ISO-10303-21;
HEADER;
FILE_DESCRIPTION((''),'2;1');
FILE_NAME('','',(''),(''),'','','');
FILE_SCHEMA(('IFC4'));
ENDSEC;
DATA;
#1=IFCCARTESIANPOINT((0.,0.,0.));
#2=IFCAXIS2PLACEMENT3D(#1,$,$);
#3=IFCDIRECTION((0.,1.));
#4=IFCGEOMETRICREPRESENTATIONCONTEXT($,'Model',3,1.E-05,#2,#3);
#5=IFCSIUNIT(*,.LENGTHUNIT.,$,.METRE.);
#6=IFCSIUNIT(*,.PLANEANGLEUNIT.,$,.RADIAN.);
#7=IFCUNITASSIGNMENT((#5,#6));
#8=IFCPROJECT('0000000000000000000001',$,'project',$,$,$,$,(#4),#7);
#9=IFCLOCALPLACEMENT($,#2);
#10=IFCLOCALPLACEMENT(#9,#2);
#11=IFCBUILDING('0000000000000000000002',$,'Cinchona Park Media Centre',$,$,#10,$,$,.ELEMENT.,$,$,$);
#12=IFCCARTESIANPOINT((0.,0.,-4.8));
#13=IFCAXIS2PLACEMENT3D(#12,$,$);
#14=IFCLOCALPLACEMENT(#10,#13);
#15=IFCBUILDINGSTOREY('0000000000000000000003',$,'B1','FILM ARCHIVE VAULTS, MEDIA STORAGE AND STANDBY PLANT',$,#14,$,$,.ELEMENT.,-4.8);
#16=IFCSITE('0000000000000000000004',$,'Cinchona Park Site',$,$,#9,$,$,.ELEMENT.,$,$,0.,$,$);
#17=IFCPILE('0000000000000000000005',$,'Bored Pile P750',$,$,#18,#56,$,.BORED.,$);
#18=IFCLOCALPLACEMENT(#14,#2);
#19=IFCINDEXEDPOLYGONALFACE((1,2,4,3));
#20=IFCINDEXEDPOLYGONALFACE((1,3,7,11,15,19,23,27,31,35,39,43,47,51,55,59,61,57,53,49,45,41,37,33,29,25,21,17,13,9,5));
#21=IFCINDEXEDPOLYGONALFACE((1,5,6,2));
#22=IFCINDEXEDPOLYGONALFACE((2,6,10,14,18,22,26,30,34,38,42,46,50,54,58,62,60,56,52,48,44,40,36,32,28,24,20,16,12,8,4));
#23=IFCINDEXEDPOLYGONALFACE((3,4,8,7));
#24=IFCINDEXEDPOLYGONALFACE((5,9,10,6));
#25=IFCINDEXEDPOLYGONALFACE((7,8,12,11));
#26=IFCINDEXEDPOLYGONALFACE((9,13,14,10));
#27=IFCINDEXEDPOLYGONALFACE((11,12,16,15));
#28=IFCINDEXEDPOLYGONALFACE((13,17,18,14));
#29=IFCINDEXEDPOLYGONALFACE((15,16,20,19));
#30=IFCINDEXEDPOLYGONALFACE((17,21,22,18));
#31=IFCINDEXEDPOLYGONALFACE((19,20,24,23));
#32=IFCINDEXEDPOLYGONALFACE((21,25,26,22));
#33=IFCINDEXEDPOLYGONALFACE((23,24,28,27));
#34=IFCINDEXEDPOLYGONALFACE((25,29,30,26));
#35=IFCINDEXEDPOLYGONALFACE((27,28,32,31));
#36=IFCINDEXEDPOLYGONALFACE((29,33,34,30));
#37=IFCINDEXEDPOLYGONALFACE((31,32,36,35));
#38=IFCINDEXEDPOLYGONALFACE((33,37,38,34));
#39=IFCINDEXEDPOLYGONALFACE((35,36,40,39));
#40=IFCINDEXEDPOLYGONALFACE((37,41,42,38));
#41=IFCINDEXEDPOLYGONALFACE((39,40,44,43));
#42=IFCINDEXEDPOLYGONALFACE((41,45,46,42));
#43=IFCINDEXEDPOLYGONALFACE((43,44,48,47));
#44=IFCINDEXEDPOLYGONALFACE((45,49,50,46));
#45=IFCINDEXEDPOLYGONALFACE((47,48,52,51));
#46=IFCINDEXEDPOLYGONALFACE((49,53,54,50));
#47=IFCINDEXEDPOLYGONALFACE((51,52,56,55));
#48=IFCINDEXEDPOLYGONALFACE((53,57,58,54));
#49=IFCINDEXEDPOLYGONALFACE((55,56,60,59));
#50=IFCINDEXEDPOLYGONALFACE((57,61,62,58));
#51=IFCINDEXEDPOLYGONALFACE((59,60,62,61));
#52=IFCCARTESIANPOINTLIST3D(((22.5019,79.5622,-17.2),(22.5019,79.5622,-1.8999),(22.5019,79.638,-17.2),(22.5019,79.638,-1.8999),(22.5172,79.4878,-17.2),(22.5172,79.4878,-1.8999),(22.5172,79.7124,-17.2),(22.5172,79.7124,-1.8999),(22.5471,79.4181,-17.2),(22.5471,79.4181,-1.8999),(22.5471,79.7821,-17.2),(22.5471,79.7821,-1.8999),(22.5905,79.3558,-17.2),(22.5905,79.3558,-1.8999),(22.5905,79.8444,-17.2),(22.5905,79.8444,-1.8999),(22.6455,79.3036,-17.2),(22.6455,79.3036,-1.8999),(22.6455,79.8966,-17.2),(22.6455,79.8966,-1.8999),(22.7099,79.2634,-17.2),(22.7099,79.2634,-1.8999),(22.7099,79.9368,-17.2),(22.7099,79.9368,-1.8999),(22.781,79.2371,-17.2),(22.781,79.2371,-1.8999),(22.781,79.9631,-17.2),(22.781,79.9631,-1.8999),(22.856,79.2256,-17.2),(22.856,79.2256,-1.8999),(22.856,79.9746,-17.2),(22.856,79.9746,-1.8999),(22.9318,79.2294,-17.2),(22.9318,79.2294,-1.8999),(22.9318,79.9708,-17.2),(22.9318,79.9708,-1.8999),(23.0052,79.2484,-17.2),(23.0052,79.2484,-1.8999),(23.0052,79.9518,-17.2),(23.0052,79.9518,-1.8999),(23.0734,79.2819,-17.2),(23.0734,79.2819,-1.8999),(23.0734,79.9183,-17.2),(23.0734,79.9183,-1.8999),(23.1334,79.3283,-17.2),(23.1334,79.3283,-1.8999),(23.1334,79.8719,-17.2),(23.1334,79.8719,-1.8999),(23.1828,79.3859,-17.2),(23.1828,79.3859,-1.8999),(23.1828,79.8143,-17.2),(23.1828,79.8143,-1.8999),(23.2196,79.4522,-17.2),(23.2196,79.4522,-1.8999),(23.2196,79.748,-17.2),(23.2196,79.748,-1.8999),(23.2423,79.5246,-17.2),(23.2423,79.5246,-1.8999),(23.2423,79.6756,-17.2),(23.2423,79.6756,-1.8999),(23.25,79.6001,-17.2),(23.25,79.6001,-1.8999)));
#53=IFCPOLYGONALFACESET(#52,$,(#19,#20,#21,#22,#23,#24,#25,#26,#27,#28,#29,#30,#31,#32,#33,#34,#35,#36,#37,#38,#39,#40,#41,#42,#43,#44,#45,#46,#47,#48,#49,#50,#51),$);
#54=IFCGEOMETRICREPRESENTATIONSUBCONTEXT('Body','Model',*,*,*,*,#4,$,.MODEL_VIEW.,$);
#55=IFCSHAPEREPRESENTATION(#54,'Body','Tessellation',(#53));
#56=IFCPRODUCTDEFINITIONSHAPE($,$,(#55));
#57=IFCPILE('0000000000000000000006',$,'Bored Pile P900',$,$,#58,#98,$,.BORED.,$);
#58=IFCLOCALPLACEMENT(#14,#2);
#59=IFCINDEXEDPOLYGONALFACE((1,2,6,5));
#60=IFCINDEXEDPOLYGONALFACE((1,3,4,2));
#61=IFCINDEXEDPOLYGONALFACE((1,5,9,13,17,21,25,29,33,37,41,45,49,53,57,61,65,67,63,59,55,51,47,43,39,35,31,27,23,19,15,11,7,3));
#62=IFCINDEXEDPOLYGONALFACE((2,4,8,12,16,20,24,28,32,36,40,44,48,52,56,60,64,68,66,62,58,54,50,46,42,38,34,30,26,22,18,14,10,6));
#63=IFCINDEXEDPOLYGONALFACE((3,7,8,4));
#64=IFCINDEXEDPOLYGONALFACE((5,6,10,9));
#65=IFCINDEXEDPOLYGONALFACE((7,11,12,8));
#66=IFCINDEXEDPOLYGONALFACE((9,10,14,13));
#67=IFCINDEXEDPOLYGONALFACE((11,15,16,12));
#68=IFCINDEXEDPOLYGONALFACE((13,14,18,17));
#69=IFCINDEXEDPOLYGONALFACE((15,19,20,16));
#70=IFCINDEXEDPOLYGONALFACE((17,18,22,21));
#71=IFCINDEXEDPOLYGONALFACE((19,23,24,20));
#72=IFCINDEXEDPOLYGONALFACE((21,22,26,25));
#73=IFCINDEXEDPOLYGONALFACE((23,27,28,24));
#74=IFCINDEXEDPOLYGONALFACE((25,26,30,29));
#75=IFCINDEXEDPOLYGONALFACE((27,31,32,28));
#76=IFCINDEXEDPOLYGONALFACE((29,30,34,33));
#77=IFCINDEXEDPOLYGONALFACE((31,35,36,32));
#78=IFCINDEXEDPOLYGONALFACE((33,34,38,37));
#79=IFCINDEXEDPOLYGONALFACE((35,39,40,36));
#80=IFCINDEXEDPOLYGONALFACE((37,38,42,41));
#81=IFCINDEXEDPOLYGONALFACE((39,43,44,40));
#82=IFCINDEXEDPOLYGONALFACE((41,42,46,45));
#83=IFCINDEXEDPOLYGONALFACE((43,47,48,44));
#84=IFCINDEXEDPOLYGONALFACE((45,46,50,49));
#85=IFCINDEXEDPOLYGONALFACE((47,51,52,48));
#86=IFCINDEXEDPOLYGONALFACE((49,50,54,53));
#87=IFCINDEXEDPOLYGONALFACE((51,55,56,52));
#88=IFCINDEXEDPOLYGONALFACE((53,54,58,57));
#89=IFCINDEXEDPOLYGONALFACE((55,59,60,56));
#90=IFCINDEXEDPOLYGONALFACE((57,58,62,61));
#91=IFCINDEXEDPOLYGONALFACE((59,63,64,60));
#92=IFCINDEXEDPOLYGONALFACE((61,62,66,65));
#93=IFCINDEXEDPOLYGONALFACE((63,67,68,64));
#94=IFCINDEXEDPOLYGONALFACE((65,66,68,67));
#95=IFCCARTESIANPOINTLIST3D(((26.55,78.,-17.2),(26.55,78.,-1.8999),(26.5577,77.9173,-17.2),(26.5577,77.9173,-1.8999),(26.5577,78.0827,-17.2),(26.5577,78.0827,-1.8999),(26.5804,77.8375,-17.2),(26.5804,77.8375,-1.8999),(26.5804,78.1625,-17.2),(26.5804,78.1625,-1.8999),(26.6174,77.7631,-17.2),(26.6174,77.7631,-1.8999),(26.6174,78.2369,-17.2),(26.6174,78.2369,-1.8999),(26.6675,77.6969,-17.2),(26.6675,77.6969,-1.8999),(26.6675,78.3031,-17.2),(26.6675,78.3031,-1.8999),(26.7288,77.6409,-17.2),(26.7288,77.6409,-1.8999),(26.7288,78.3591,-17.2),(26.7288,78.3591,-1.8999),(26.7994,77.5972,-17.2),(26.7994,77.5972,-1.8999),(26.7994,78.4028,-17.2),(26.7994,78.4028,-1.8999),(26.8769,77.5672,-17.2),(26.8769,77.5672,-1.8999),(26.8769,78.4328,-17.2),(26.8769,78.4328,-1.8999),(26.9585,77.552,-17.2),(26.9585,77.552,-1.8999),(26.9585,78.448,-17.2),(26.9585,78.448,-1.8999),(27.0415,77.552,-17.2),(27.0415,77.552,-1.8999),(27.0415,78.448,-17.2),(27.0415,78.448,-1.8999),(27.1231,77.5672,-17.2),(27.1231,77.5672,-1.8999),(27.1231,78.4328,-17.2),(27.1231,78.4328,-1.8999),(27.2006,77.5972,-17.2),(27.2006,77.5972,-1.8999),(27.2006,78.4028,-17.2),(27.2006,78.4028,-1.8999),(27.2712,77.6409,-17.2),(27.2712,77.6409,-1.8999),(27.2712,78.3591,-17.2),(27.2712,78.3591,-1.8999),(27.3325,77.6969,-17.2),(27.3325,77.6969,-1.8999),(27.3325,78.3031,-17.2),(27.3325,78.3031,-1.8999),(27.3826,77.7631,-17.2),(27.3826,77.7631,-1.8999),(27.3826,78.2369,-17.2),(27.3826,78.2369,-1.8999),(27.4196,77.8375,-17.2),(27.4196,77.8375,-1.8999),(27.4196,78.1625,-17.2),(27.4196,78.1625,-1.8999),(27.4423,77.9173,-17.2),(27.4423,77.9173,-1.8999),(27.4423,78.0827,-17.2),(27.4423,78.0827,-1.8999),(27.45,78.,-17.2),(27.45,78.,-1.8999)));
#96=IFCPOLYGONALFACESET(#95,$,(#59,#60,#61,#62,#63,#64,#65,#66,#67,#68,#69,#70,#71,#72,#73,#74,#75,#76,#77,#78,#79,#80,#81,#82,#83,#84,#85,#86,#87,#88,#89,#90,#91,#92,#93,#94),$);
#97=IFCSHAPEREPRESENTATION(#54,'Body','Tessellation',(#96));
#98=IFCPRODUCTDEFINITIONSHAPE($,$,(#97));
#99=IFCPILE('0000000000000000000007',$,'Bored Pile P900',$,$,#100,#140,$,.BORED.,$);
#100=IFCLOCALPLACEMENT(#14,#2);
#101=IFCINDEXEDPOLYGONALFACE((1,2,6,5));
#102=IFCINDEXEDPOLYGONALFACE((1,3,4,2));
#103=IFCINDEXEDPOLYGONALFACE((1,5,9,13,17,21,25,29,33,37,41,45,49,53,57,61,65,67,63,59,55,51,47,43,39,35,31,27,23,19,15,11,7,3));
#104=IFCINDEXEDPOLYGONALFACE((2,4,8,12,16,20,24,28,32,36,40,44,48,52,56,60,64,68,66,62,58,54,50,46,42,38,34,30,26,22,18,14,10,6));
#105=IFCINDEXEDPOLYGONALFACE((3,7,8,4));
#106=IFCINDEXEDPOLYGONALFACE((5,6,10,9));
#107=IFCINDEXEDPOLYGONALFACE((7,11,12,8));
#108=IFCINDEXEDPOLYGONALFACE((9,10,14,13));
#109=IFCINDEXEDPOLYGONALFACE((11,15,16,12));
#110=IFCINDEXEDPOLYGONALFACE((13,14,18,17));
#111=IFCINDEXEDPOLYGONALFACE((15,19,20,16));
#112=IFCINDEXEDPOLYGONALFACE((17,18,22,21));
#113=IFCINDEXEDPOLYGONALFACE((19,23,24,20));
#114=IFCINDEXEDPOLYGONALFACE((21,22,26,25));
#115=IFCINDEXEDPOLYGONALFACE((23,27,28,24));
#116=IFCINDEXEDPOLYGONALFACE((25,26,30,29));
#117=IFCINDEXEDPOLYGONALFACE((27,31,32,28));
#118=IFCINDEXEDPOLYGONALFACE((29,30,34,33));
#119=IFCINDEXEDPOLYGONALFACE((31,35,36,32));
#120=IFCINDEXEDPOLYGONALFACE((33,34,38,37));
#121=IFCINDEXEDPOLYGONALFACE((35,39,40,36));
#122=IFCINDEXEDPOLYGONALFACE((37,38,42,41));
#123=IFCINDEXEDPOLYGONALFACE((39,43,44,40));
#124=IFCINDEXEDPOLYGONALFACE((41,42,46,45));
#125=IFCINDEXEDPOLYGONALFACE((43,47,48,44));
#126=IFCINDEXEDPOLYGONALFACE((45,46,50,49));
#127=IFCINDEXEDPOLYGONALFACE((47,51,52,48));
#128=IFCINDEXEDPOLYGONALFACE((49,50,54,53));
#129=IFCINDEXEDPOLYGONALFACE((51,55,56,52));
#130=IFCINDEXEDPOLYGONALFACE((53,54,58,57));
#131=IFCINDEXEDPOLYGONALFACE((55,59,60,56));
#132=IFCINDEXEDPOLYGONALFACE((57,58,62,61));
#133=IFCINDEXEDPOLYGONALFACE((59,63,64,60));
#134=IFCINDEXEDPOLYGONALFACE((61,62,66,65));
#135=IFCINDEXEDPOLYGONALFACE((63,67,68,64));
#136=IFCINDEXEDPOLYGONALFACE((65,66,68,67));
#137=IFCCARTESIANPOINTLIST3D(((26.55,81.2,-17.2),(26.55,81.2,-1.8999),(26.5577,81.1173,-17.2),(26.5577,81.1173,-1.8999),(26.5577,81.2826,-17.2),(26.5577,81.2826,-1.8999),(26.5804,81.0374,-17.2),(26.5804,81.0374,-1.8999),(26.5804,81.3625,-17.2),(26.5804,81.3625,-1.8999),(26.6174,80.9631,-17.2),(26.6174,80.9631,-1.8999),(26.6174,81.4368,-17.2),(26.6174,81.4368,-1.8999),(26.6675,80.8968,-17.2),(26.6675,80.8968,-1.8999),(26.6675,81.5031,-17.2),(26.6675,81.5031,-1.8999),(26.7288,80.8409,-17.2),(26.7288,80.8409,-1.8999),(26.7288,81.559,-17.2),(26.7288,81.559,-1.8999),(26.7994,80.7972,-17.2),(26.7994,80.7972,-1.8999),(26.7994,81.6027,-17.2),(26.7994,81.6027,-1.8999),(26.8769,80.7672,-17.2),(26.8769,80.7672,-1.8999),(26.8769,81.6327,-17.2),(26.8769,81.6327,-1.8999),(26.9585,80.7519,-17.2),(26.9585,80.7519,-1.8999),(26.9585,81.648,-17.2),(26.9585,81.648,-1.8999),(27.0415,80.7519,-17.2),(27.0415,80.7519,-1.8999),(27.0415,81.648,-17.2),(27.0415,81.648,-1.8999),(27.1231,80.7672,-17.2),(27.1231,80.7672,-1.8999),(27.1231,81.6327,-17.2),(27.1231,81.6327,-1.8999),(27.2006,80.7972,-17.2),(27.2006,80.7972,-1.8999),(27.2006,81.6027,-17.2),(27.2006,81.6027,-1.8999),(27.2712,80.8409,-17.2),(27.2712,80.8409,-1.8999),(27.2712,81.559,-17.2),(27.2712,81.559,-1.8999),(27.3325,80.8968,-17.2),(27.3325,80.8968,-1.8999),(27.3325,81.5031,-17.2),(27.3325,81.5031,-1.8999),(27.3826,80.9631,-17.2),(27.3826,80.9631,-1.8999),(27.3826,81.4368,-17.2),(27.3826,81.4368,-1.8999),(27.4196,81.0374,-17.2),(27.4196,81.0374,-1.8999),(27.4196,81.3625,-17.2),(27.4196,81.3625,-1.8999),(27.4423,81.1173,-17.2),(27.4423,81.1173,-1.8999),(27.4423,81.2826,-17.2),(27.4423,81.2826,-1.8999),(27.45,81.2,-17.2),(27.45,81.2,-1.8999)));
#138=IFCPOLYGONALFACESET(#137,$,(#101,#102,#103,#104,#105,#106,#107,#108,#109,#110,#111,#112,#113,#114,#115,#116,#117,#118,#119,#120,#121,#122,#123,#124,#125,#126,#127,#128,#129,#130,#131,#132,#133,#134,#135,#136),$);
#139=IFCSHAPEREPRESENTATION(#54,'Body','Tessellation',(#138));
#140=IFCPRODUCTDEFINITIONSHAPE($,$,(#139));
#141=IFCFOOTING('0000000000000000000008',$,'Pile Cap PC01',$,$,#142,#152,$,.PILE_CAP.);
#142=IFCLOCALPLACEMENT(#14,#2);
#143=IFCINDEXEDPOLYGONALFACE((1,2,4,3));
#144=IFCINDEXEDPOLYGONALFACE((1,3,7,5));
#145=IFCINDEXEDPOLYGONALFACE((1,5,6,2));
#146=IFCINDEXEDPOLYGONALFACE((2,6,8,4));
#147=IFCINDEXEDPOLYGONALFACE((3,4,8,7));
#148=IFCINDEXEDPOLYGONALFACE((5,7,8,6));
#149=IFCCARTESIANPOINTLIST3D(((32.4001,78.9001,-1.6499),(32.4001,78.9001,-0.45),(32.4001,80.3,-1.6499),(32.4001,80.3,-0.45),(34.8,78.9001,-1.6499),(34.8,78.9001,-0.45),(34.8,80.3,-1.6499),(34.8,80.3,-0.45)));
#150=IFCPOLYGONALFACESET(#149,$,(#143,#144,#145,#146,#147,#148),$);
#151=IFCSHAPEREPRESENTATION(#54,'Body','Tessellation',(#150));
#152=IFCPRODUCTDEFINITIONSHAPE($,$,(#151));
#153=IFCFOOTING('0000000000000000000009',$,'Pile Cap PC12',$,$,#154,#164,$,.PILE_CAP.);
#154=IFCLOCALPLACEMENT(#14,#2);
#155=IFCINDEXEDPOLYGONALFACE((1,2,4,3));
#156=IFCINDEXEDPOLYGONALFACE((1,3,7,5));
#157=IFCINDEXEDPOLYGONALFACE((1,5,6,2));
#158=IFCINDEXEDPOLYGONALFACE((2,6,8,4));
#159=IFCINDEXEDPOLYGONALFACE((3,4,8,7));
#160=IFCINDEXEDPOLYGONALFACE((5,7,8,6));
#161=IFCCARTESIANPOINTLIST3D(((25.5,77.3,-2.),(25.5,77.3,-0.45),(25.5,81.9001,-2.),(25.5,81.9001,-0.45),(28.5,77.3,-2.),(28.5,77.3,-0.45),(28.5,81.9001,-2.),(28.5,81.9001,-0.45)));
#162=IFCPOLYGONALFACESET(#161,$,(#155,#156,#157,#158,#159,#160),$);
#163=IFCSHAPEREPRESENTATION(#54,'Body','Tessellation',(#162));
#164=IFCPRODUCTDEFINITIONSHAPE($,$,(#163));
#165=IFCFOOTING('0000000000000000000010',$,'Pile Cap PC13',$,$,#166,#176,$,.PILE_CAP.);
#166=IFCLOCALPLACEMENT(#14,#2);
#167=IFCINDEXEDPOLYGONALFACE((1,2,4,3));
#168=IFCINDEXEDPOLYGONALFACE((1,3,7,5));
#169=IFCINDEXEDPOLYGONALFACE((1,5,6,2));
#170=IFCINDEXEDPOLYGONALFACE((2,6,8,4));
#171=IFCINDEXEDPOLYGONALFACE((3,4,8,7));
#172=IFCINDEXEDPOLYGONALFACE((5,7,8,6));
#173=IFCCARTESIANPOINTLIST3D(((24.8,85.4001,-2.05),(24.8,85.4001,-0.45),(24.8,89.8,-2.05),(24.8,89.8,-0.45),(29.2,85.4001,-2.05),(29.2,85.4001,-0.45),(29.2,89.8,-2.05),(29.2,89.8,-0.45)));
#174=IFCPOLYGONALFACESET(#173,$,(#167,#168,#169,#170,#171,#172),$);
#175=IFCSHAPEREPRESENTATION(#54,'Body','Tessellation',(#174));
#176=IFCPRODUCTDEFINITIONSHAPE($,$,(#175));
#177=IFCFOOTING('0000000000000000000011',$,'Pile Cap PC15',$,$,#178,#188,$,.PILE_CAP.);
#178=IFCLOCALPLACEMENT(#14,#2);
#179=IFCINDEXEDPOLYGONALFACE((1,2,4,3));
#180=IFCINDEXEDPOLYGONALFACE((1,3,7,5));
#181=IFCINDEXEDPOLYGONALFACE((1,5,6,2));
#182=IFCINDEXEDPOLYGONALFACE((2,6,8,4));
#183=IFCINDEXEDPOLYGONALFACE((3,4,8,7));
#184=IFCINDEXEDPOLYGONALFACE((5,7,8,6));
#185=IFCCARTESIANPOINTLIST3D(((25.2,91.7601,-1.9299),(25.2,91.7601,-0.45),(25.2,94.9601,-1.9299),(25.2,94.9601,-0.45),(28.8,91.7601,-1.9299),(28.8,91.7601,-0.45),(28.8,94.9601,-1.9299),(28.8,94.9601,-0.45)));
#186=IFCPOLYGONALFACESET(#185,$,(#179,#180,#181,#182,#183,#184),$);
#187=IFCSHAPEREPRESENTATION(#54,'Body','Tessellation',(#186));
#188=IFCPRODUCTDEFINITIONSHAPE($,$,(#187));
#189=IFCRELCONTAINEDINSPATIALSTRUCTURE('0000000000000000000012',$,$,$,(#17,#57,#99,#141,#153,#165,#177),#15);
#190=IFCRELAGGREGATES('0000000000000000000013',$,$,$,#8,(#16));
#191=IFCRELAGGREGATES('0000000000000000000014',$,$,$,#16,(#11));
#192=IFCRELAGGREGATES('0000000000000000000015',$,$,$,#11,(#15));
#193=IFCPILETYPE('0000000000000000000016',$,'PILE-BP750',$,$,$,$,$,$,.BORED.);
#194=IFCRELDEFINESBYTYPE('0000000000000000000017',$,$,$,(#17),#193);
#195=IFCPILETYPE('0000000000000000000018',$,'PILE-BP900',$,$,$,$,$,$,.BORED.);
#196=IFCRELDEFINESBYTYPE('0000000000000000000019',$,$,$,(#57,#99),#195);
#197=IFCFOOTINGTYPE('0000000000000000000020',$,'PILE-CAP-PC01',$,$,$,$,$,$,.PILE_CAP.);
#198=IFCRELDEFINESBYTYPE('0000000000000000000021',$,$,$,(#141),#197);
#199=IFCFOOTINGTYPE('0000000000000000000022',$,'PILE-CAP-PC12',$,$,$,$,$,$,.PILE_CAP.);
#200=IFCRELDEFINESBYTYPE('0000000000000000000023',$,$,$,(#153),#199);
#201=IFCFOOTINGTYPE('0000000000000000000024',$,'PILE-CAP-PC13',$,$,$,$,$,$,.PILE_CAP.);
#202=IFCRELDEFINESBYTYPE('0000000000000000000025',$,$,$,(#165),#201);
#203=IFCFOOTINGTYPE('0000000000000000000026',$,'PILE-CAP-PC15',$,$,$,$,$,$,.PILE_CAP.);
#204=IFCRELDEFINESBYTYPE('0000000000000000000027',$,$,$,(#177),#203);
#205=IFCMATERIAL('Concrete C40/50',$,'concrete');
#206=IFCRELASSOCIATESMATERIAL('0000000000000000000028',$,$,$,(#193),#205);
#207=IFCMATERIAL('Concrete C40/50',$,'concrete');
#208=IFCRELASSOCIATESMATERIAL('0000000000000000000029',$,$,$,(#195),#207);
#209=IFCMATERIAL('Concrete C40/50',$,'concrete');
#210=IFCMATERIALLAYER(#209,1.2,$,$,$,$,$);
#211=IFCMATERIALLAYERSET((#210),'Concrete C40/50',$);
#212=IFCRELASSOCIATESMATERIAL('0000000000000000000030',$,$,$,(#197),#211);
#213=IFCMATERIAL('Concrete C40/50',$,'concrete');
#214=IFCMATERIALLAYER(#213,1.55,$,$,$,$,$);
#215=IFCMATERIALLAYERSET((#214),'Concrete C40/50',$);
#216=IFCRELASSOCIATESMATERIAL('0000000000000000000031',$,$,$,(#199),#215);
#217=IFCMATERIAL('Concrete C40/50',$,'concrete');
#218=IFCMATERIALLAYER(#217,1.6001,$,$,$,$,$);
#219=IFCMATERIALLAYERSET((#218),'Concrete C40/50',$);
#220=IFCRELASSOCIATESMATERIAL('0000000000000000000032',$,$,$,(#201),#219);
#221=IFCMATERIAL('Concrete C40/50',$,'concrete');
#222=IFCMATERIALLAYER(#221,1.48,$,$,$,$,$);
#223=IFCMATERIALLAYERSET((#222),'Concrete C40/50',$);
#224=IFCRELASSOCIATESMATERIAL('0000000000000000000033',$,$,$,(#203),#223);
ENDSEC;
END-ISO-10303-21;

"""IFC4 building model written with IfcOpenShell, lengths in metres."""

from ifc_helpers import new_model, si_unit, direction, frame, origin, origin_2d, place, context, subcontext, project, spatial, rectangle, circle, extrude, material, layer, layer_set, material_profile, profile_set, type_object, element, save


model = new_model("IFC4")

# Units and contexts
model_context = context("Model", 3, precision=1e-05, world=origin(), true_north=direction((0.0, 1.0)))
body_context = subcontext(model_context, "Body", "Model", "MODEL_VIEW")
ifc_project = project(units=[si_unit("LENGTHUNIT", "METRE"), si_unit("PLANEANGLEUNIT", "RADIAN")], contexts=[model_context])

# Site, building, storey
site_placement = place(None, origin())
site = spatial("IfcSite", under=ifc_project, at=site_placement, Name="Cinchona Park Site", CompositionType="ELEMENT", RefElevation=0.0)
building_placement = place(site_placement, origin())
building = spatial("IfcBuilding", under=site, at=building_placement, Name="Cinchona Park Media Centre", CompositionType="ELEMENT")
storey_placement = place(building_placement, frame((0.0, 0.0, -4.8)))
storey = spatial("IfcBuildingStorey", under=building, at=storey_placement, Name="B1", Description="FILM ARCHIVE VAULTS, MEDIA STORAGE AND STANDBY PLANT", CompositionType="ELEMENT", Elevation=-4.8)

# Piles
ifc_material_1 = material(Name="Concrete C40/50", Category="concrete")
ifc_material_profile_1 = material_profile(ifc_material_1, circle(Radius=0.375, at=origin_2d()), Name="BORED PILE 750")
ifc_profile_set_1 = profile_set([ifc_material_profile_1], Name="Concrete C40/50")
pile_type_1 = type_object("IfcPileType", Name="PILE-BP750", PredefinedType="BORED", material=ifc_profile_set_1)
pile_1_placement = place(storey_placement, frame((22.875, 79.6001, -1.8999), z_axis=(0.0, 0.0, -1.0), x_axis=(1.0, 0.0, 0.0)))
element("IfcPile", 1, at=pile_1_placement, inside=storey, type_object=pile_type_1, Name="Bored Pile P750", PredefinedType="BORED", context=body_context, shape_type="SweptSolid", body=[
    extrude(circle(Radius=0.375, at=origin_2d()), origin(), (0.0, 0.0, 1.0), 15.3),
])
ifc_material_2 = material(Name="Concrete C40/50", Category="concrete")
ifc_material_profile_2 = material_profile(ifc_material_2, circle(Radius=0.45, at=origin_2d()), Name="BORED PILE 900")
ifc_profile_set_2 = profile_set([ifc_material_profile_2], Name="Concrete C40/50")
pile_type_2 = type_object("IfcPileType", Name="PILE-BP900", PredefinedType="BORED", material=ifc_profile_set_2)
for number, where, z_axis, x_axis, name in (
    (2, (27.0, 78.0, -1.8999), (0.0, 0.0, -1.0), (1.0, 0.0, 0.0), "Bored Pile P900"),
    (3, (27.0, 81.2, -1.8999), (0.0, 0.0, -1.0), (1.0, 0.0, 0.0), "Bored Pile P900"),
):
    element("IfcPile", number, at=place(storey_placement, frame(where, z_axis=z_axis, x_axis=x_axis)), inside=storey, type_object=pile_type_2, Name=name, PredefinedType="BORED", context=body_context, shape_type="SweptSolid", body=[
        extrude(circle(Radius=0.45, at=origin_2d()), origin(), (0.0, 0.0, 1.0), 15.3),
    ])

# Footings
ifc_material_3 = material(Name="Concrete C40/50", Category="concrete")
ifc_layer_1 = layer(ifc_material_3, 1.2)
ifc_layer_set_1 = layer_set([ifc_layer_1], Name="Concrete C40/50")
footing_type_1 = type_object("IfcFootingType", Name="PILE-CAP-PC01", PredefinedType="PILE_CAP", material=ifc_layer_set_1)
footing_1_placement = place(storey_placement, frame((33.6001, 79.6001, -1.6499), z_axis=(0.0, 0.0, 1.0), x_axis=(1.0, 0.0, 0.0)))
element("IfcFooting", 4, at=footing_1_placement, inside=storey, type_object=footing_type_1, Name="Pile Cap PC01", PredefinedType="PILE_CAP", context=body_context, shape_type="SweptSolid", body=[
    extrude(rectangle(XDim=2.3999, YDim=1.3999, at=origin_2d()), origin(), (0.0, 0.0, 1.0), 1.2),
])
ifc_material_4 = material(Name="Concrete C40/50", Category="concrete")
ifc_layer_2 = layer(ifc_material_4, 1.55)
ifc_layer_set_2 = layer_set([ifc_layer_2], Name="Concrete C40/50")
footing_type_2 = type_object("IfcFootingType", Name="PILE-CAP-PC12", PredefinedType="PILE_CAP", material=ifc_layer_set_2)
footing_2_placement = place(storey_placement, frame((27.0, 79.6001, -2.0), z_axis=(0.0, 0.0, 1.0), x_axis=(1.0, 0.0, 0.0)))
element("IfcFooting", 5, at=footing_2_placement, inside=storey, type_object=footing_type_2, Name="Pile Cap PC12", PredefinedType="PILE_CAP", context=body_context, shape_type="SweptSolid", body=[
    extrude(rectangle(XDim=3.0, YDim=4.6001, at=origin_2d()), origin(), (0.0, 0.0, 1.0), 1.55),
])
ifc_material_5 = material(Name="Concrete C40/50", Category="concrete")
ifc_layer_3 = layer(ifc_material_5, 1.6001)
ifc_layer_set_3 = layer_set([ifc_layer_3], Name="Concrete C40/50")
footing_type_3 = type_object("IfcFootingType", Name="PILE-CAP-PC13", PredefinedType="PILE_CAP", material=ifc_layer_set_3)
footing_3_placement = place(storey_placement, frame((27.0, 87.6001, -2.05), z_axis=(0.0, 0.0, 1.0), x_axis=(1.0, 0.0, 0.0)))
element("IfcFooting", 6, at=footing_3_placement, inside=storey, type_object=footing_type_3, Name="Pile Cap PC13", PredefinedType="PILE_CAP", context=body_context, shape_type="SweptSolid", body=[
    extrude(rectangle(XDim=4.3999, YDim=4.3999, at=origin_2d()), origin(), (0.0, 0.0, 1.0), 1.6001),
])
ifc_material_6 = material(Name="Concrete C40/50", Category="concrete")
ifc_layer_4 = layer(ifc_material_6, 1.48)
ifc_layer_set_4 = layer_set([ifc_layer_4], Name="Concrete C40/50")
footing_type_4 = type_object("IfcFootingType", Name="PILE-CAP-PC15", PredefinedType="PILE_CAP", material=ifc_layer_set_4)
footing_4_placement = place(storey_placement, frame((27.0, 93.3601, -1.9299), z_axis=(0.0, 0.0, 1.0), x_axis=(1.0, 0.0, 0.0)))
element("IfcFooting", 7, at=footing_4_placement, inside=storey, type_object=footing_type_4, Name="Pile Cap PC15", PredefinedType="PILE_CAP", context=body_context, shape_type="SweptSolid", body=[
    extrude(rectangle(XDim=3.6001, YDim=3.2, at=origin_2d()), origin(), (0.0, 0.0, 1.0), 1.48),
])

save(model, "model.ifc")
